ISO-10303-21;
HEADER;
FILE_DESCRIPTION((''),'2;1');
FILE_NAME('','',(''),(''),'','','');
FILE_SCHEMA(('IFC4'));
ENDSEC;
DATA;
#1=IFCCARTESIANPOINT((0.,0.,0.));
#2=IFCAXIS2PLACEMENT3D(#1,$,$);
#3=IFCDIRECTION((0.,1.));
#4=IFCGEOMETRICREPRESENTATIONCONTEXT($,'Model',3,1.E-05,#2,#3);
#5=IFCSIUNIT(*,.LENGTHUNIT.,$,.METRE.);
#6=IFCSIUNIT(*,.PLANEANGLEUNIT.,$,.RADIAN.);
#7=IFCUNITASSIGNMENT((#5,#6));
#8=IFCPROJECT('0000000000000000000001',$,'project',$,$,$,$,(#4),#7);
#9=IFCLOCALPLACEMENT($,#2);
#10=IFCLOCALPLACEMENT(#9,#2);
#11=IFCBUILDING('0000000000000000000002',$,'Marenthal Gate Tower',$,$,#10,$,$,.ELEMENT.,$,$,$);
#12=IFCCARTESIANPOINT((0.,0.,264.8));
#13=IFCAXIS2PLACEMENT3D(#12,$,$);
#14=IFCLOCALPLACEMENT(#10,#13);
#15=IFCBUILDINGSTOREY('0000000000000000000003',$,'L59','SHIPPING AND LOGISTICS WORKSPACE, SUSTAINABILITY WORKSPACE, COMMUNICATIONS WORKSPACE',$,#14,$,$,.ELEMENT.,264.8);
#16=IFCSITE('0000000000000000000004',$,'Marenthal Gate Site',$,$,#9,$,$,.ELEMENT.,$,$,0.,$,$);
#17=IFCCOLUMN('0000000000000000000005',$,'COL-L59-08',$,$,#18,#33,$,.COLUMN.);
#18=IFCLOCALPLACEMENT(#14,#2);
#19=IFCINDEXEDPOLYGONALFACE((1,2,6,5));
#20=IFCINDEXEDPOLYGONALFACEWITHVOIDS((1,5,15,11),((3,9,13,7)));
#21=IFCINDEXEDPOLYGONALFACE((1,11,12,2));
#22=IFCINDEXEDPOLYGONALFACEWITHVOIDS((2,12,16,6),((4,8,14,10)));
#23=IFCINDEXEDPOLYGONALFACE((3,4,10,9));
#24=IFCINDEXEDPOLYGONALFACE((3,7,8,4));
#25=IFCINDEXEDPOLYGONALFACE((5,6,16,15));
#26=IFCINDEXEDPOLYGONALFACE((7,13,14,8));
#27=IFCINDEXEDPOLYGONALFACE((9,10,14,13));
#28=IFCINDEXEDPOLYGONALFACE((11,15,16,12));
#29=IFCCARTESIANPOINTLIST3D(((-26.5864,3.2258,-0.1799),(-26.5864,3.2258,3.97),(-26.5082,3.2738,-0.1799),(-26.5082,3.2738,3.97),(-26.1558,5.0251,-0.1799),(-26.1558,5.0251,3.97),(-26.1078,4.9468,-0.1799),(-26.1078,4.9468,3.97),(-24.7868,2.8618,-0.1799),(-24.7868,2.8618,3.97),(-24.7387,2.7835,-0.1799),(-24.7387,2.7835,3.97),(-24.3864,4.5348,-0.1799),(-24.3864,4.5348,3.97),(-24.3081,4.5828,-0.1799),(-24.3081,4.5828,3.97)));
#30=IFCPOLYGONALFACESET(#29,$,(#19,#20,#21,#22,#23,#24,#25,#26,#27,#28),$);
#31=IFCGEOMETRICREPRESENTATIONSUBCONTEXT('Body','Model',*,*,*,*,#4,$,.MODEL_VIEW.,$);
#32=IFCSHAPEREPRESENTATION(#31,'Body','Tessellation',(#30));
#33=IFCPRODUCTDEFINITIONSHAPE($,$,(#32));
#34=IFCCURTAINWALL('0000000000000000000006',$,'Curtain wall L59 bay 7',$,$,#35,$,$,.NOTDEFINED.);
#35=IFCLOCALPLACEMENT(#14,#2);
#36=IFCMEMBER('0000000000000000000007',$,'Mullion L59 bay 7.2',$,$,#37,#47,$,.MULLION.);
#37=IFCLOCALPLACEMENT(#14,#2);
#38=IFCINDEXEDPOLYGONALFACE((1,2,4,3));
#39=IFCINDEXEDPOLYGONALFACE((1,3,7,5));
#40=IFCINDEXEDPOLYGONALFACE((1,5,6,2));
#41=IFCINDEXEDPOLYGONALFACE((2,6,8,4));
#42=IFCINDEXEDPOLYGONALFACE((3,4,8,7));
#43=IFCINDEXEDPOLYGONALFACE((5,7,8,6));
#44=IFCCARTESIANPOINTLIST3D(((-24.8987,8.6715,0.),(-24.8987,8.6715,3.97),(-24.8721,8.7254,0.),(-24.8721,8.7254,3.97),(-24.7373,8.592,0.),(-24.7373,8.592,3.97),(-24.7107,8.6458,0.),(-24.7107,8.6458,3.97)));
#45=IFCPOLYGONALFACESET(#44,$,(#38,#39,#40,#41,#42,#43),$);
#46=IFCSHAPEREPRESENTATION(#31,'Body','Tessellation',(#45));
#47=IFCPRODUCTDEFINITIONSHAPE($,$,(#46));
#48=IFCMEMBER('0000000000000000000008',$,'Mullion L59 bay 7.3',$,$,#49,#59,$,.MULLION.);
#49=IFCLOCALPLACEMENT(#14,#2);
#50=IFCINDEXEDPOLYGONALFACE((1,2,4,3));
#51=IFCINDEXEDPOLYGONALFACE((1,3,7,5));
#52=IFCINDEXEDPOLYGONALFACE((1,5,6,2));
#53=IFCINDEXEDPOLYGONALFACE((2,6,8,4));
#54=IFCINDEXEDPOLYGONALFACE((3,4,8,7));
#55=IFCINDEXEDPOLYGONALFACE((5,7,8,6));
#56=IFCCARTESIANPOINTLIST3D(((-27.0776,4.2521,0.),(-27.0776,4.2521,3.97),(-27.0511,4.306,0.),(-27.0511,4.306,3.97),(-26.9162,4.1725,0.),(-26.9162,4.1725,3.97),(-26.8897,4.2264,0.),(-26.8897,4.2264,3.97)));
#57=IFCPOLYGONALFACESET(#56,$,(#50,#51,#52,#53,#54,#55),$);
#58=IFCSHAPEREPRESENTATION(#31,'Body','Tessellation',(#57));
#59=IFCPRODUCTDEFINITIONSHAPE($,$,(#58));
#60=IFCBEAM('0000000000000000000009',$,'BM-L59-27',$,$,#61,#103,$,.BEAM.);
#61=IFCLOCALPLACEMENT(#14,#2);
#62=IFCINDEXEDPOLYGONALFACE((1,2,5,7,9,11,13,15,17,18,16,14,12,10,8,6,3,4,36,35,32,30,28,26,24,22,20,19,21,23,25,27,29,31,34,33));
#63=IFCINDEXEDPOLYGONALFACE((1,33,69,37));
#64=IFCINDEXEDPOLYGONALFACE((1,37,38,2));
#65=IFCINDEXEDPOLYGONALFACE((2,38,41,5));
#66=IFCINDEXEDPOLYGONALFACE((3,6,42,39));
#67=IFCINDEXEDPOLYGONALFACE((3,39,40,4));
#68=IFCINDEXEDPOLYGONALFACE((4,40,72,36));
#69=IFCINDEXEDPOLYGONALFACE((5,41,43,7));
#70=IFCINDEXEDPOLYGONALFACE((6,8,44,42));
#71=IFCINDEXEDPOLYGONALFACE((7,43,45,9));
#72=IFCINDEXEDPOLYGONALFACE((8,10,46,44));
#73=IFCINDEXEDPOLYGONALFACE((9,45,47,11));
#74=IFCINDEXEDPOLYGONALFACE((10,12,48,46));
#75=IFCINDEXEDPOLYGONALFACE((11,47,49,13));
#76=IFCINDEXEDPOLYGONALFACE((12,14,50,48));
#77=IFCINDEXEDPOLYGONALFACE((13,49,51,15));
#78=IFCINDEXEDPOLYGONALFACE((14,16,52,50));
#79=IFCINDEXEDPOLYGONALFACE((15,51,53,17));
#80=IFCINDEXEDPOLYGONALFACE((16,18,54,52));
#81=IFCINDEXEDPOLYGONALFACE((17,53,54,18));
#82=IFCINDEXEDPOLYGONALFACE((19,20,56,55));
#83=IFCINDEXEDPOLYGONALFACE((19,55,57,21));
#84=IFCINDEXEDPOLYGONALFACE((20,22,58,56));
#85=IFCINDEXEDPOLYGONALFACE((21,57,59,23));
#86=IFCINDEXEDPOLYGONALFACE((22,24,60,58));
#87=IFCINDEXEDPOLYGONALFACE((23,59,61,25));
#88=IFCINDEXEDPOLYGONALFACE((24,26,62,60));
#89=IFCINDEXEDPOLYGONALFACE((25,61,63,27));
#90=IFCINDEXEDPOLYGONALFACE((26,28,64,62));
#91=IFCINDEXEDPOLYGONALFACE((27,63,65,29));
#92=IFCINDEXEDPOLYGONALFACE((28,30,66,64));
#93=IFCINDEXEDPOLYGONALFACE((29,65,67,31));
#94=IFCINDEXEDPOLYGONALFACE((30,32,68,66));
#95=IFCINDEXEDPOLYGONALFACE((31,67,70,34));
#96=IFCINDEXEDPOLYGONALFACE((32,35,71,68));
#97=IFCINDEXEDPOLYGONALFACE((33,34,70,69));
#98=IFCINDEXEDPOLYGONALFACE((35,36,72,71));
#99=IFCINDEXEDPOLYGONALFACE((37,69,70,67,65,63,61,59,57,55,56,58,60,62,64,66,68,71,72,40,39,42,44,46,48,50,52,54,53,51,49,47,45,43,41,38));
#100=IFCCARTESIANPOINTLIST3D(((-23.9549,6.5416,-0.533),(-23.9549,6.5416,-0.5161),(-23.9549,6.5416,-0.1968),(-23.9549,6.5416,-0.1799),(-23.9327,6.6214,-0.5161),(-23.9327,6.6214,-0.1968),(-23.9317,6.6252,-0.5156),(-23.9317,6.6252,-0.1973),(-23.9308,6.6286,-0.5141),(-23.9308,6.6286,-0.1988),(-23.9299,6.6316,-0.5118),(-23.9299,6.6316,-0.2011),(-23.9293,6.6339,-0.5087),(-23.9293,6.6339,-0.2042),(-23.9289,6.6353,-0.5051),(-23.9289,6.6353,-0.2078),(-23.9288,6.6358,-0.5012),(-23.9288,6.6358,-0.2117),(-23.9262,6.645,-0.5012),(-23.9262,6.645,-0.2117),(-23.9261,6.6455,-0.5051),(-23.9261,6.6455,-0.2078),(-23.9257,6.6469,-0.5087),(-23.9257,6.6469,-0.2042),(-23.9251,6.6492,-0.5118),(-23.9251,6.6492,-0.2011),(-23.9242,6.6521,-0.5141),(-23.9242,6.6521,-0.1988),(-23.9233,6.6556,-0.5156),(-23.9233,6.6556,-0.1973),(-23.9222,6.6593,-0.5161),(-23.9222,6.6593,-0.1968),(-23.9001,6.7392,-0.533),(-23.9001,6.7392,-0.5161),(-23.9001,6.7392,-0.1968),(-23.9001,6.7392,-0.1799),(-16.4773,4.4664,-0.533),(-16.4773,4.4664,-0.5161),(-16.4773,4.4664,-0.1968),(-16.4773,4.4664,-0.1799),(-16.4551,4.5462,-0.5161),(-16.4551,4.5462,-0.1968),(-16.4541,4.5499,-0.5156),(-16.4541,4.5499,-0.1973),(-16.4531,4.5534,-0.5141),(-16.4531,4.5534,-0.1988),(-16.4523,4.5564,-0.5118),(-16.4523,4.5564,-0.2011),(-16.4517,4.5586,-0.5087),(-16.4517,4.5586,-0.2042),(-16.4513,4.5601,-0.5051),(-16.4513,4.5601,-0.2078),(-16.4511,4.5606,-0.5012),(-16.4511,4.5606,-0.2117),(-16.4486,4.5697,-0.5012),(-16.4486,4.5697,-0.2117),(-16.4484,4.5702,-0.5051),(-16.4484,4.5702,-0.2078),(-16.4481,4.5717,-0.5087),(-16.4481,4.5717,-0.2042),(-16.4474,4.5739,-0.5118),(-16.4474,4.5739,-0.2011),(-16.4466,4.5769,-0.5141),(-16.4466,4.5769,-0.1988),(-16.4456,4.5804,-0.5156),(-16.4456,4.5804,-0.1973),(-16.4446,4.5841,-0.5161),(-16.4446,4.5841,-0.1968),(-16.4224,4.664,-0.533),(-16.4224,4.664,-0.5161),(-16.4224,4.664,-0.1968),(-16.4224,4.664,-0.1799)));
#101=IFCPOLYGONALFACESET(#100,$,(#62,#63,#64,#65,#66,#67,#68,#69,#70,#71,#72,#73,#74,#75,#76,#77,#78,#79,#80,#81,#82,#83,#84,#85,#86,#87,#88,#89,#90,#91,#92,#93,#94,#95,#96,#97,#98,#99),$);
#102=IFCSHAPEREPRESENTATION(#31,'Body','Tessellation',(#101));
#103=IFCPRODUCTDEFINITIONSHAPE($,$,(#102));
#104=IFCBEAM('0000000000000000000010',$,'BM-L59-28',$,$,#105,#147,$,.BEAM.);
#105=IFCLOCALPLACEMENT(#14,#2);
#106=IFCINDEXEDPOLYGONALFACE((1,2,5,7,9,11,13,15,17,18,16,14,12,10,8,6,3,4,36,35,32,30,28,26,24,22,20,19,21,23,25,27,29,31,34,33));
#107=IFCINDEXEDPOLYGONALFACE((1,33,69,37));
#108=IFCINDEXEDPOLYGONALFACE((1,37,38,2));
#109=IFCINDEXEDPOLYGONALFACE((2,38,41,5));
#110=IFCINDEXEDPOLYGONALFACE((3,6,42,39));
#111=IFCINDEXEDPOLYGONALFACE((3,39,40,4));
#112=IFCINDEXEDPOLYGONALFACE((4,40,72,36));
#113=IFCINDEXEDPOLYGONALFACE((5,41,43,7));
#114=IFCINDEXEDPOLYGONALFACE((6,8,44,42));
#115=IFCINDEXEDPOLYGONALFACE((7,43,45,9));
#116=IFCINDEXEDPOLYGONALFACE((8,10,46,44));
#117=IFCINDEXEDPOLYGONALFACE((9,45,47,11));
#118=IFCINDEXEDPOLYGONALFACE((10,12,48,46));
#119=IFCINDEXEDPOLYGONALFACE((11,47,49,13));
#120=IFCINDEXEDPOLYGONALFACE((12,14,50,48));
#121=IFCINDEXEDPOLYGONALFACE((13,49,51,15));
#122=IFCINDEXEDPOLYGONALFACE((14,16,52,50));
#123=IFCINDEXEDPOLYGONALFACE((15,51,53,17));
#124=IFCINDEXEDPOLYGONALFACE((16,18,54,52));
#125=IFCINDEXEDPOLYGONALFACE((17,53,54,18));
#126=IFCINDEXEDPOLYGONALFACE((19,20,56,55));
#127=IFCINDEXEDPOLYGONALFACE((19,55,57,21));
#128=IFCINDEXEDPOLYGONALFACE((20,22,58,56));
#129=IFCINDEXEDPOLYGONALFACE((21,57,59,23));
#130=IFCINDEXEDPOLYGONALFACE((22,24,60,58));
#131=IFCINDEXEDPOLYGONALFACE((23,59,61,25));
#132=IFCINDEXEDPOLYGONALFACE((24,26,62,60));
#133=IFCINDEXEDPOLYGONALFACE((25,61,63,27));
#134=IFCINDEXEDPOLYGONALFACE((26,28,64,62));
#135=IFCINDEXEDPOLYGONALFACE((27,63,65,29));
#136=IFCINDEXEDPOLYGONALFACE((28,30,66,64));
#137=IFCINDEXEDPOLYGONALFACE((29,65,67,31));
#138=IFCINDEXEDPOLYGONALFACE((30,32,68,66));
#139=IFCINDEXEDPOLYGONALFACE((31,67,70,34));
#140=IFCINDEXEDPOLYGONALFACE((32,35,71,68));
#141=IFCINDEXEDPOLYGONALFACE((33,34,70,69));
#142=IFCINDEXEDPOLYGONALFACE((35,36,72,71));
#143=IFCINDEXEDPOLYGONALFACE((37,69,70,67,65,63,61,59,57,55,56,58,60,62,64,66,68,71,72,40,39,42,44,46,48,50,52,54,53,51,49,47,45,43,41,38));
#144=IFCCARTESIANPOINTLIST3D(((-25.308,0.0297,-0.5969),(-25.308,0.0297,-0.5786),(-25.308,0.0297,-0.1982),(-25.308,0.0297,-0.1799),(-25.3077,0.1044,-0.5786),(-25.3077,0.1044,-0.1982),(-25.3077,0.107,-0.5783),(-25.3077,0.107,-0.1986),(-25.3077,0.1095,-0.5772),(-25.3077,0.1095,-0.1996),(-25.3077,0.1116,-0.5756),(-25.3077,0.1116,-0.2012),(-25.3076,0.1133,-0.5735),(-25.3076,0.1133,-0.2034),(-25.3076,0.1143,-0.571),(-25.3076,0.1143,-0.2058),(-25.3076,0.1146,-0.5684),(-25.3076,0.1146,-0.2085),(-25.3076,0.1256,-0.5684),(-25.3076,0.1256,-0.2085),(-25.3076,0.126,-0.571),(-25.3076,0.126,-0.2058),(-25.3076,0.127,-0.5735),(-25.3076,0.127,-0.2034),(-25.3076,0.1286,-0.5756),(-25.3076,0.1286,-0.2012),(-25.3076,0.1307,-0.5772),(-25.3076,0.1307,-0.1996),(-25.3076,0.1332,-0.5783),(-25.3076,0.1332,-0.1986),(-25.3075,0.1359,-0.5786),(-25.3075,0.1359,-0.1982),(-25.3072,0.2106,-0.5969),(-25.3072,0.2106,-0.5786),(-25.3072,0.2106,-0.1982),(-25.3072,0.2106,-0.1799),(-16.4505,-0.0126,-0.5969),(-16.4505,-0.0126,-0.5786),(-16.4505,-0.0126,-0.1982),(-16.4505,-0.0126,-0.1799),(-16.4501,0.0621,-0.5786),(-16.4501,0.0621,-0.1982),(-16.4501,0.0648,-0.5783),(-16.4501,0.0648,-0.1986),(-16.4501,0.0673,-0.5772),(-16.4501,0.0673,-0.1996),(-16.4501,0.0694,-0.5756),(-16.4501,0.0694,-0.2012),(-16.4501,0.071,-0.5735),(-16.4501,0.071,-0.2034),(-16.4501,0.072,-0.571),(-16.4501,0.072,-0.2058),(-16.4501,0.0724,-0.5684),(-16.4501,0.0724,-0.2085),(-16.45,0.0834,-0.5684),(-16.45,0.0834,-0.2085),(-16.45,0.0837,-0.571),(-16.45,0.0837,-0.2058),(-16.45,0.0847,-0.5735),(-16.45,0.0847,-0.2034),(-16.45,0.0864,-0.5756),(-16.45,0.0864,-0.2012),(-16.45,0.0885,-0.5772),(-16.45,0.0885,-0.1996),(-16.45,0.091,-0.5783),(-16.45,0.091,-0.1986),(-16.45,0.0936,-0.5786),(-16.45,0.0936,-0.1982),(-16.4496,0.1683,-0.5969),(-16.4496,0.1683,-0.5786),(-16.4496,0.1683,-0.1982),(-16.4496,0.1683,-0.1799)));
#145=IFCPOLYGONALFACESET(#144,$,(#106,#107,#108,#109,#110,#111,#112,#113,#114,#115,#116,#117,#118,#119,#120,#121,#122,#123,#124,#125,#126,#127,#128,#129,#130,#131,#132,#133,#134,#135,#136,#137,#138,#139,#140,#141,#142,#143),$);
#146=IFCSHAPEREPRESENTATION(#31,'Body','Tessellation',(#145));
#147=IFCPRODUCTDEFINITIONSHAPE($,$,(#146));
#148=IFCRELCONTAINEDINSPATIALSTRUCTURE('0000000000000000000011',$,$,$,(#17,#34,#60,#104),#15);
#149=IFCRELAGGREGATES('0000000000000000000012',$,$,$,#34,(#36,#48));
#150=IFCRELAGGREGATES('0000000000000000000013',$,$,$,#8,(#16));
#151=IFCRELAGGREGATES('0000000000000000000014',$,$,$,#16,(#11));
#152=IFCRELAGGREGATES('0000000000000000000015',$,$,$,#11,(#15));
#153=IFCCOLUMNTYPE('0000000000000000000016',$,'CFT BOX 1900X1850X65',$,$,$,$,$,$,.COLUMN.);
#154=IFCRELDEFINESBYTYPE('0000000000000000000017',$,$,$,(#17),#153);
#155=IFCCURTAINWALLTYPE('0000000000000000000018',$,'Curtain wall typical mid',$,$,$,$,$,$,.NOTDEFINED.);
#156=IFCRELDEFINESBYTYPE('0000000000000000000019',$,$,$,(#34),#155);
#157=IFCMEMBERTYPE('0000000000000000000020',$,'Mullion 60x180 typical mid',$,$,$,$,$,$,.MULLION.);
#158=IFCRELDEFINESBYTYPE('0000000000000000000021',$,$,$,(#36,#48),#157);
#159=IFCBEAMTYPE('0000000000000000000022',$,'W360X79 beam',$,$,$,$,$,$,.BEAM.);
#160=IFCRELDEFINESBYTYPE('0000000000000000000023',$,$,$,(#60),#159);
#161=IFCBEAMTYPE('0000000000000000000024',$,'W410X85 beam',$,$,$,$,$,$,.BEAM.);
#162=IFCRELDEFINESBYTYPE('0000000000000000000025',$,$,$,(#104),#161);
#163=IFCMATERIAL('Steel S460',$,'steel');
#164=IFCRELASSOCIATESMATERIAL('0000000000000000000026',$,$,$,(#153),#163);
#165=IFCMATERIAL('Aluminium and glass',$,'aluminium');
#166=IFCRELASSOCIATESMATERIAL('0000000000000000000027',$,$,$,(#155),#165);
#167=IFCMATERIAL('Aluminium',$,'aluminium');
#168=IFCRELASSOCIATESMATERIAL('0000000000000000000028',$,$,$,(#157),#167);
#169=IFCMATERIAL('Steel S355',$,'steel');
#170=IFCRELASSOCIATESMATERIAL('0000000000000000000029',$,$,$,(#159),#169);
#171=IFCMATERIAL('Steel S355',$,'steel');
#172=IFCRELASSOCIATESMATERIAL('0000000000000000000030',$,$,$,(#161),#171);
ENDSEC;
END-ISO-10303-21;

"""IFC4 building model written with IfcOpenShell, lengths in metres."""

from ifc_helpers import new_model, si_unit, direction, frame, origin, origin_2d, place, context, subcontext, project, spatial, rectangle, hollow_rectangle, i_section, extrude, material, material_profile, profile_set, type_object, element, aggregate, save


model = new_model("IFC4")

# Units and contexts
model_context = context("Model", 3, precision=1e-05, world=origin(), true_north=direction((0.0, 1.0)))
body_context = subcontext(model_context, "Body", "Model", "MODEL_VIEW")
ifc_project = project(units=[si_unit("LENGTHUNIT", "METRE"), si_unit("PLANEANGLEUNIT", "RADIAN")], contexts=[model_context])

# Site, building, storey
site_placement = place(None, origin())
site = spatial("IfcSite", under=ifc_project, at=site_placement, Name="Marenthal Gate Site", CompositionType="ELEMENT", RefElevation=0.0)
building_placement = place(site_placement, origin())
building = spatial("IfcBuilding", under=site, at=building_placement, Name="Marenthal Gate Tower", CompositionType="ELEMENT")
storey_placement = place(building_placement, frame((0.0, 0.0, 264.8)))
storey = spatial("IfcBuildingStorey", under=building, at=storey_placement, Name="L59", Description="SHIPPING AND LOGISTICS WORKSPACE, SUSTAINABILITY WORKSPACE, COMMUNICATIONS WORKSPACE", CompositionType="ELEMENT", Elevation=264.8)

# Column
ifc_material_1 = material(Name="Steel S460", Category="steel")
ifc_material_profile_1 = material_profile(ifc_material_1, hollow_rectangle(XDim=1.8501, YDim=1.8999, WallThickness=0.0649, at=origin_2d()), Name="CFT BOX 1900X1850X65")
ifc_material_2 = material(Name="Concrete 70 MPa", Category="concrete")
ifc_material_profile_2 = material_profile(ifc_material_2, rectangle(XDim=1.72, YDim=1.77, at=origin_2d()), Name="CFT BOX 1900X1850X65 INFILL")
ifc_profile_set_1 = profile_set([ifc_material_profile_1, ifc_material_profile_2], Name="Steel S460 shell, Concrete 70 MPa infill")
column_type = type_object("IfcColumnType", Name="CFT BOX 1900X1850X65", PredefinedType="COLUMN", material=ifc_profile_set_1)
column_placement = place(storey_placement, frame((-25.4473, 3.9043, -0.1799), z_axis=(0.0, 0.0, 1.0), x_axis=(0.23277, 0.972532, 0.0)))
element("IfcColumn", 1, at=column_placement, inside=storey, type_object=column_type, Name="COL-L59-08", PredefinedType="COLUMN", context=body_context, shape_type="SweptSolid", body=[
    extrude(hollow_rectangle(XDim=1.8501, YDim=1.8999, WallThickness=0.0649, at=origin_2d()), origin(), (0.0, 0.0, 1.0), 4.1499),
])

# Curtain wall, members
ifc_material_3 = material(Name="Aluminium and glass", Category="aluminium")
curtain_wall_type = type_object("IfcCurtainWallType", Name="Curtain wall typical mid", PredefinedType="NOTDEFINED", material=ifc_material_3)
curtain_wall_placement = place(storey_placement, origin())
curtain_wall = element("IfcCurtainWall", 2, at=curtain_wall_placement, inside=storey, type_object=curtain_wall_type, Name="Curtain wall L59 bay 7", PredefinedType="NOTDEFINED")
ifc_material_4 = material(Name="Aluminium", Category="aluminium")
ifc_material_profile_3 = material_profile(ifc_material_4, rectangle(XDim=0.1799, YDim=0.0601, at=origin_2d()), Name="60x180 aluminium mullion")
ifc_profile_set_2 = profile_set([ifc_material_profile_3], Name="Aluminium")
member_type = type_object("IfcMemberType", Name="Mullion 60x180 typical mid", PredefinedType="MULLION", material=ifc_profile_set_2)
member_1_placement = place(storey_placement, frame((-24.8047, 8.6587, 0.0), z_axis=(0.0, 0.0, 1.0), x_axis=(0.896921, -0.442192, 0.0)))
member_1 = element("IfcMember", 3, at=member_1_placement, type_object=member_type, Name="Mullion L59 bay 7.2", PredefinedType="MULLION", context=body_context, shape_type="SweptSolid", body=[
    extrude(rectangle(XDim=0.1799, YDim=0.0601, at=origin_2d()), origin(), (0.0, 0.0, 1.0), 3.97),
])
member_2_placement = place(storey_placement, frame((-26.9836, 4.2393, 0.0), z_axis=(0.0, 0.0, 1.0), x_axis=(0.896921, -0.442192, 0.0)))
member_2 = element("IfcMember", 4, at=member_2_placement, type_object=member_type, Name="Mullion L59 bay 7.3", PredefinedType="MULLION", context=body_context, shape_type="SweptSolid", body=[
    extrude(rectangle(XDim=0.1799, YDim=0.0601, at=origin_2d()), origin(), (0.0, 0.0, 1.0), 3.97),
])

# Beams
ifc_material_5 = material(Name="Steel S355", Category="steel")
ifc_material_profile_4 = material_profile(ifc_material_5, i_section(OverallWidth=0.2051, OverallDepth=0.353, WebThickness=0.0095, FlangeThickness=0.0168, FilletRadius=0.0149, at=origin_2d()), Name="W360X79")
ifc_profile_set_3 = profile_set([ifc_material_profile_4], Name="Steel S355")
beam_type_1 = type_object("IfcBeamType", Name="W360X79 beam", PredefinedType="BEAM", material=ifc_profile_set_3)
beam_1_placement = place(storey_placement, frame((-23.9275, 6.6404, -0.3564), z_axis=(0.963581, -0.267417, 0.0), x_axis=(0.267417, 0.963581, 0.0)))
element("IfcBeam", 5, at=beam_1_placement, inside=storey, type_object=beam_type_1, Name="BM-L59-27", PredefinedType="BEAM", context=body_context, shape_type="SweptSolid", body=[
    extrude(i_section(OverallWidth=0.2051, OverallDepth=0.353, WebThickness=0.0095, FlangeThickness=0.0168, FilletRadius=0.0149, at=origin_2d()), origin(), (0.0, 0.0, 1.0), 7.7603),
])
ifc_material_6 = material(Name="Steel S355", Category="steel")
ifc_material_profile_5 = material_profile(ifc_material_6, i_section(OverallWidth=0.1809, OverallDepth=0.417, WebThickness=0.011, FlangeThickness=0.0183, FilletRadius=0.0103, at=origin_2d()), Name="W410X85")
ifc_profile_set_4 = profile_set([ifc_material_profile_5], Name="Steel S355")
beam_type_2 = type_object("IfcBeamType", Name="W410X85 beam", PredefinedType="BEAM", material=ifc_profile_set_4)
beam_2_placement = place(storey_placement, frame((-25.3076, 0.1201, -0.3884), z_axis=(0.999989, -0.004768, 0.0), x_axis=(0.004768, 0.999989, 0.0)))
element("IfcBeam", 6, at=beam_2_placement, inside=storey, type_object=beam_type_2, Name="BM-L59-28", PredefinedType="BEAM", context=body_context, shape_type="SweptSolid", body=[
    extrude(i_section(OverallWidth=0.1809, OverallDepth=0.417, WebThickness=0.011, FlangeThickness=0.0183, FilletRadius=0.0103, at=origin_2d()), origin(), (0.0, 0.0, 1.0), 8.8577),
])

aggregate(curtain_wall, [member_1, member_2])

save(model, "model.ifc")
